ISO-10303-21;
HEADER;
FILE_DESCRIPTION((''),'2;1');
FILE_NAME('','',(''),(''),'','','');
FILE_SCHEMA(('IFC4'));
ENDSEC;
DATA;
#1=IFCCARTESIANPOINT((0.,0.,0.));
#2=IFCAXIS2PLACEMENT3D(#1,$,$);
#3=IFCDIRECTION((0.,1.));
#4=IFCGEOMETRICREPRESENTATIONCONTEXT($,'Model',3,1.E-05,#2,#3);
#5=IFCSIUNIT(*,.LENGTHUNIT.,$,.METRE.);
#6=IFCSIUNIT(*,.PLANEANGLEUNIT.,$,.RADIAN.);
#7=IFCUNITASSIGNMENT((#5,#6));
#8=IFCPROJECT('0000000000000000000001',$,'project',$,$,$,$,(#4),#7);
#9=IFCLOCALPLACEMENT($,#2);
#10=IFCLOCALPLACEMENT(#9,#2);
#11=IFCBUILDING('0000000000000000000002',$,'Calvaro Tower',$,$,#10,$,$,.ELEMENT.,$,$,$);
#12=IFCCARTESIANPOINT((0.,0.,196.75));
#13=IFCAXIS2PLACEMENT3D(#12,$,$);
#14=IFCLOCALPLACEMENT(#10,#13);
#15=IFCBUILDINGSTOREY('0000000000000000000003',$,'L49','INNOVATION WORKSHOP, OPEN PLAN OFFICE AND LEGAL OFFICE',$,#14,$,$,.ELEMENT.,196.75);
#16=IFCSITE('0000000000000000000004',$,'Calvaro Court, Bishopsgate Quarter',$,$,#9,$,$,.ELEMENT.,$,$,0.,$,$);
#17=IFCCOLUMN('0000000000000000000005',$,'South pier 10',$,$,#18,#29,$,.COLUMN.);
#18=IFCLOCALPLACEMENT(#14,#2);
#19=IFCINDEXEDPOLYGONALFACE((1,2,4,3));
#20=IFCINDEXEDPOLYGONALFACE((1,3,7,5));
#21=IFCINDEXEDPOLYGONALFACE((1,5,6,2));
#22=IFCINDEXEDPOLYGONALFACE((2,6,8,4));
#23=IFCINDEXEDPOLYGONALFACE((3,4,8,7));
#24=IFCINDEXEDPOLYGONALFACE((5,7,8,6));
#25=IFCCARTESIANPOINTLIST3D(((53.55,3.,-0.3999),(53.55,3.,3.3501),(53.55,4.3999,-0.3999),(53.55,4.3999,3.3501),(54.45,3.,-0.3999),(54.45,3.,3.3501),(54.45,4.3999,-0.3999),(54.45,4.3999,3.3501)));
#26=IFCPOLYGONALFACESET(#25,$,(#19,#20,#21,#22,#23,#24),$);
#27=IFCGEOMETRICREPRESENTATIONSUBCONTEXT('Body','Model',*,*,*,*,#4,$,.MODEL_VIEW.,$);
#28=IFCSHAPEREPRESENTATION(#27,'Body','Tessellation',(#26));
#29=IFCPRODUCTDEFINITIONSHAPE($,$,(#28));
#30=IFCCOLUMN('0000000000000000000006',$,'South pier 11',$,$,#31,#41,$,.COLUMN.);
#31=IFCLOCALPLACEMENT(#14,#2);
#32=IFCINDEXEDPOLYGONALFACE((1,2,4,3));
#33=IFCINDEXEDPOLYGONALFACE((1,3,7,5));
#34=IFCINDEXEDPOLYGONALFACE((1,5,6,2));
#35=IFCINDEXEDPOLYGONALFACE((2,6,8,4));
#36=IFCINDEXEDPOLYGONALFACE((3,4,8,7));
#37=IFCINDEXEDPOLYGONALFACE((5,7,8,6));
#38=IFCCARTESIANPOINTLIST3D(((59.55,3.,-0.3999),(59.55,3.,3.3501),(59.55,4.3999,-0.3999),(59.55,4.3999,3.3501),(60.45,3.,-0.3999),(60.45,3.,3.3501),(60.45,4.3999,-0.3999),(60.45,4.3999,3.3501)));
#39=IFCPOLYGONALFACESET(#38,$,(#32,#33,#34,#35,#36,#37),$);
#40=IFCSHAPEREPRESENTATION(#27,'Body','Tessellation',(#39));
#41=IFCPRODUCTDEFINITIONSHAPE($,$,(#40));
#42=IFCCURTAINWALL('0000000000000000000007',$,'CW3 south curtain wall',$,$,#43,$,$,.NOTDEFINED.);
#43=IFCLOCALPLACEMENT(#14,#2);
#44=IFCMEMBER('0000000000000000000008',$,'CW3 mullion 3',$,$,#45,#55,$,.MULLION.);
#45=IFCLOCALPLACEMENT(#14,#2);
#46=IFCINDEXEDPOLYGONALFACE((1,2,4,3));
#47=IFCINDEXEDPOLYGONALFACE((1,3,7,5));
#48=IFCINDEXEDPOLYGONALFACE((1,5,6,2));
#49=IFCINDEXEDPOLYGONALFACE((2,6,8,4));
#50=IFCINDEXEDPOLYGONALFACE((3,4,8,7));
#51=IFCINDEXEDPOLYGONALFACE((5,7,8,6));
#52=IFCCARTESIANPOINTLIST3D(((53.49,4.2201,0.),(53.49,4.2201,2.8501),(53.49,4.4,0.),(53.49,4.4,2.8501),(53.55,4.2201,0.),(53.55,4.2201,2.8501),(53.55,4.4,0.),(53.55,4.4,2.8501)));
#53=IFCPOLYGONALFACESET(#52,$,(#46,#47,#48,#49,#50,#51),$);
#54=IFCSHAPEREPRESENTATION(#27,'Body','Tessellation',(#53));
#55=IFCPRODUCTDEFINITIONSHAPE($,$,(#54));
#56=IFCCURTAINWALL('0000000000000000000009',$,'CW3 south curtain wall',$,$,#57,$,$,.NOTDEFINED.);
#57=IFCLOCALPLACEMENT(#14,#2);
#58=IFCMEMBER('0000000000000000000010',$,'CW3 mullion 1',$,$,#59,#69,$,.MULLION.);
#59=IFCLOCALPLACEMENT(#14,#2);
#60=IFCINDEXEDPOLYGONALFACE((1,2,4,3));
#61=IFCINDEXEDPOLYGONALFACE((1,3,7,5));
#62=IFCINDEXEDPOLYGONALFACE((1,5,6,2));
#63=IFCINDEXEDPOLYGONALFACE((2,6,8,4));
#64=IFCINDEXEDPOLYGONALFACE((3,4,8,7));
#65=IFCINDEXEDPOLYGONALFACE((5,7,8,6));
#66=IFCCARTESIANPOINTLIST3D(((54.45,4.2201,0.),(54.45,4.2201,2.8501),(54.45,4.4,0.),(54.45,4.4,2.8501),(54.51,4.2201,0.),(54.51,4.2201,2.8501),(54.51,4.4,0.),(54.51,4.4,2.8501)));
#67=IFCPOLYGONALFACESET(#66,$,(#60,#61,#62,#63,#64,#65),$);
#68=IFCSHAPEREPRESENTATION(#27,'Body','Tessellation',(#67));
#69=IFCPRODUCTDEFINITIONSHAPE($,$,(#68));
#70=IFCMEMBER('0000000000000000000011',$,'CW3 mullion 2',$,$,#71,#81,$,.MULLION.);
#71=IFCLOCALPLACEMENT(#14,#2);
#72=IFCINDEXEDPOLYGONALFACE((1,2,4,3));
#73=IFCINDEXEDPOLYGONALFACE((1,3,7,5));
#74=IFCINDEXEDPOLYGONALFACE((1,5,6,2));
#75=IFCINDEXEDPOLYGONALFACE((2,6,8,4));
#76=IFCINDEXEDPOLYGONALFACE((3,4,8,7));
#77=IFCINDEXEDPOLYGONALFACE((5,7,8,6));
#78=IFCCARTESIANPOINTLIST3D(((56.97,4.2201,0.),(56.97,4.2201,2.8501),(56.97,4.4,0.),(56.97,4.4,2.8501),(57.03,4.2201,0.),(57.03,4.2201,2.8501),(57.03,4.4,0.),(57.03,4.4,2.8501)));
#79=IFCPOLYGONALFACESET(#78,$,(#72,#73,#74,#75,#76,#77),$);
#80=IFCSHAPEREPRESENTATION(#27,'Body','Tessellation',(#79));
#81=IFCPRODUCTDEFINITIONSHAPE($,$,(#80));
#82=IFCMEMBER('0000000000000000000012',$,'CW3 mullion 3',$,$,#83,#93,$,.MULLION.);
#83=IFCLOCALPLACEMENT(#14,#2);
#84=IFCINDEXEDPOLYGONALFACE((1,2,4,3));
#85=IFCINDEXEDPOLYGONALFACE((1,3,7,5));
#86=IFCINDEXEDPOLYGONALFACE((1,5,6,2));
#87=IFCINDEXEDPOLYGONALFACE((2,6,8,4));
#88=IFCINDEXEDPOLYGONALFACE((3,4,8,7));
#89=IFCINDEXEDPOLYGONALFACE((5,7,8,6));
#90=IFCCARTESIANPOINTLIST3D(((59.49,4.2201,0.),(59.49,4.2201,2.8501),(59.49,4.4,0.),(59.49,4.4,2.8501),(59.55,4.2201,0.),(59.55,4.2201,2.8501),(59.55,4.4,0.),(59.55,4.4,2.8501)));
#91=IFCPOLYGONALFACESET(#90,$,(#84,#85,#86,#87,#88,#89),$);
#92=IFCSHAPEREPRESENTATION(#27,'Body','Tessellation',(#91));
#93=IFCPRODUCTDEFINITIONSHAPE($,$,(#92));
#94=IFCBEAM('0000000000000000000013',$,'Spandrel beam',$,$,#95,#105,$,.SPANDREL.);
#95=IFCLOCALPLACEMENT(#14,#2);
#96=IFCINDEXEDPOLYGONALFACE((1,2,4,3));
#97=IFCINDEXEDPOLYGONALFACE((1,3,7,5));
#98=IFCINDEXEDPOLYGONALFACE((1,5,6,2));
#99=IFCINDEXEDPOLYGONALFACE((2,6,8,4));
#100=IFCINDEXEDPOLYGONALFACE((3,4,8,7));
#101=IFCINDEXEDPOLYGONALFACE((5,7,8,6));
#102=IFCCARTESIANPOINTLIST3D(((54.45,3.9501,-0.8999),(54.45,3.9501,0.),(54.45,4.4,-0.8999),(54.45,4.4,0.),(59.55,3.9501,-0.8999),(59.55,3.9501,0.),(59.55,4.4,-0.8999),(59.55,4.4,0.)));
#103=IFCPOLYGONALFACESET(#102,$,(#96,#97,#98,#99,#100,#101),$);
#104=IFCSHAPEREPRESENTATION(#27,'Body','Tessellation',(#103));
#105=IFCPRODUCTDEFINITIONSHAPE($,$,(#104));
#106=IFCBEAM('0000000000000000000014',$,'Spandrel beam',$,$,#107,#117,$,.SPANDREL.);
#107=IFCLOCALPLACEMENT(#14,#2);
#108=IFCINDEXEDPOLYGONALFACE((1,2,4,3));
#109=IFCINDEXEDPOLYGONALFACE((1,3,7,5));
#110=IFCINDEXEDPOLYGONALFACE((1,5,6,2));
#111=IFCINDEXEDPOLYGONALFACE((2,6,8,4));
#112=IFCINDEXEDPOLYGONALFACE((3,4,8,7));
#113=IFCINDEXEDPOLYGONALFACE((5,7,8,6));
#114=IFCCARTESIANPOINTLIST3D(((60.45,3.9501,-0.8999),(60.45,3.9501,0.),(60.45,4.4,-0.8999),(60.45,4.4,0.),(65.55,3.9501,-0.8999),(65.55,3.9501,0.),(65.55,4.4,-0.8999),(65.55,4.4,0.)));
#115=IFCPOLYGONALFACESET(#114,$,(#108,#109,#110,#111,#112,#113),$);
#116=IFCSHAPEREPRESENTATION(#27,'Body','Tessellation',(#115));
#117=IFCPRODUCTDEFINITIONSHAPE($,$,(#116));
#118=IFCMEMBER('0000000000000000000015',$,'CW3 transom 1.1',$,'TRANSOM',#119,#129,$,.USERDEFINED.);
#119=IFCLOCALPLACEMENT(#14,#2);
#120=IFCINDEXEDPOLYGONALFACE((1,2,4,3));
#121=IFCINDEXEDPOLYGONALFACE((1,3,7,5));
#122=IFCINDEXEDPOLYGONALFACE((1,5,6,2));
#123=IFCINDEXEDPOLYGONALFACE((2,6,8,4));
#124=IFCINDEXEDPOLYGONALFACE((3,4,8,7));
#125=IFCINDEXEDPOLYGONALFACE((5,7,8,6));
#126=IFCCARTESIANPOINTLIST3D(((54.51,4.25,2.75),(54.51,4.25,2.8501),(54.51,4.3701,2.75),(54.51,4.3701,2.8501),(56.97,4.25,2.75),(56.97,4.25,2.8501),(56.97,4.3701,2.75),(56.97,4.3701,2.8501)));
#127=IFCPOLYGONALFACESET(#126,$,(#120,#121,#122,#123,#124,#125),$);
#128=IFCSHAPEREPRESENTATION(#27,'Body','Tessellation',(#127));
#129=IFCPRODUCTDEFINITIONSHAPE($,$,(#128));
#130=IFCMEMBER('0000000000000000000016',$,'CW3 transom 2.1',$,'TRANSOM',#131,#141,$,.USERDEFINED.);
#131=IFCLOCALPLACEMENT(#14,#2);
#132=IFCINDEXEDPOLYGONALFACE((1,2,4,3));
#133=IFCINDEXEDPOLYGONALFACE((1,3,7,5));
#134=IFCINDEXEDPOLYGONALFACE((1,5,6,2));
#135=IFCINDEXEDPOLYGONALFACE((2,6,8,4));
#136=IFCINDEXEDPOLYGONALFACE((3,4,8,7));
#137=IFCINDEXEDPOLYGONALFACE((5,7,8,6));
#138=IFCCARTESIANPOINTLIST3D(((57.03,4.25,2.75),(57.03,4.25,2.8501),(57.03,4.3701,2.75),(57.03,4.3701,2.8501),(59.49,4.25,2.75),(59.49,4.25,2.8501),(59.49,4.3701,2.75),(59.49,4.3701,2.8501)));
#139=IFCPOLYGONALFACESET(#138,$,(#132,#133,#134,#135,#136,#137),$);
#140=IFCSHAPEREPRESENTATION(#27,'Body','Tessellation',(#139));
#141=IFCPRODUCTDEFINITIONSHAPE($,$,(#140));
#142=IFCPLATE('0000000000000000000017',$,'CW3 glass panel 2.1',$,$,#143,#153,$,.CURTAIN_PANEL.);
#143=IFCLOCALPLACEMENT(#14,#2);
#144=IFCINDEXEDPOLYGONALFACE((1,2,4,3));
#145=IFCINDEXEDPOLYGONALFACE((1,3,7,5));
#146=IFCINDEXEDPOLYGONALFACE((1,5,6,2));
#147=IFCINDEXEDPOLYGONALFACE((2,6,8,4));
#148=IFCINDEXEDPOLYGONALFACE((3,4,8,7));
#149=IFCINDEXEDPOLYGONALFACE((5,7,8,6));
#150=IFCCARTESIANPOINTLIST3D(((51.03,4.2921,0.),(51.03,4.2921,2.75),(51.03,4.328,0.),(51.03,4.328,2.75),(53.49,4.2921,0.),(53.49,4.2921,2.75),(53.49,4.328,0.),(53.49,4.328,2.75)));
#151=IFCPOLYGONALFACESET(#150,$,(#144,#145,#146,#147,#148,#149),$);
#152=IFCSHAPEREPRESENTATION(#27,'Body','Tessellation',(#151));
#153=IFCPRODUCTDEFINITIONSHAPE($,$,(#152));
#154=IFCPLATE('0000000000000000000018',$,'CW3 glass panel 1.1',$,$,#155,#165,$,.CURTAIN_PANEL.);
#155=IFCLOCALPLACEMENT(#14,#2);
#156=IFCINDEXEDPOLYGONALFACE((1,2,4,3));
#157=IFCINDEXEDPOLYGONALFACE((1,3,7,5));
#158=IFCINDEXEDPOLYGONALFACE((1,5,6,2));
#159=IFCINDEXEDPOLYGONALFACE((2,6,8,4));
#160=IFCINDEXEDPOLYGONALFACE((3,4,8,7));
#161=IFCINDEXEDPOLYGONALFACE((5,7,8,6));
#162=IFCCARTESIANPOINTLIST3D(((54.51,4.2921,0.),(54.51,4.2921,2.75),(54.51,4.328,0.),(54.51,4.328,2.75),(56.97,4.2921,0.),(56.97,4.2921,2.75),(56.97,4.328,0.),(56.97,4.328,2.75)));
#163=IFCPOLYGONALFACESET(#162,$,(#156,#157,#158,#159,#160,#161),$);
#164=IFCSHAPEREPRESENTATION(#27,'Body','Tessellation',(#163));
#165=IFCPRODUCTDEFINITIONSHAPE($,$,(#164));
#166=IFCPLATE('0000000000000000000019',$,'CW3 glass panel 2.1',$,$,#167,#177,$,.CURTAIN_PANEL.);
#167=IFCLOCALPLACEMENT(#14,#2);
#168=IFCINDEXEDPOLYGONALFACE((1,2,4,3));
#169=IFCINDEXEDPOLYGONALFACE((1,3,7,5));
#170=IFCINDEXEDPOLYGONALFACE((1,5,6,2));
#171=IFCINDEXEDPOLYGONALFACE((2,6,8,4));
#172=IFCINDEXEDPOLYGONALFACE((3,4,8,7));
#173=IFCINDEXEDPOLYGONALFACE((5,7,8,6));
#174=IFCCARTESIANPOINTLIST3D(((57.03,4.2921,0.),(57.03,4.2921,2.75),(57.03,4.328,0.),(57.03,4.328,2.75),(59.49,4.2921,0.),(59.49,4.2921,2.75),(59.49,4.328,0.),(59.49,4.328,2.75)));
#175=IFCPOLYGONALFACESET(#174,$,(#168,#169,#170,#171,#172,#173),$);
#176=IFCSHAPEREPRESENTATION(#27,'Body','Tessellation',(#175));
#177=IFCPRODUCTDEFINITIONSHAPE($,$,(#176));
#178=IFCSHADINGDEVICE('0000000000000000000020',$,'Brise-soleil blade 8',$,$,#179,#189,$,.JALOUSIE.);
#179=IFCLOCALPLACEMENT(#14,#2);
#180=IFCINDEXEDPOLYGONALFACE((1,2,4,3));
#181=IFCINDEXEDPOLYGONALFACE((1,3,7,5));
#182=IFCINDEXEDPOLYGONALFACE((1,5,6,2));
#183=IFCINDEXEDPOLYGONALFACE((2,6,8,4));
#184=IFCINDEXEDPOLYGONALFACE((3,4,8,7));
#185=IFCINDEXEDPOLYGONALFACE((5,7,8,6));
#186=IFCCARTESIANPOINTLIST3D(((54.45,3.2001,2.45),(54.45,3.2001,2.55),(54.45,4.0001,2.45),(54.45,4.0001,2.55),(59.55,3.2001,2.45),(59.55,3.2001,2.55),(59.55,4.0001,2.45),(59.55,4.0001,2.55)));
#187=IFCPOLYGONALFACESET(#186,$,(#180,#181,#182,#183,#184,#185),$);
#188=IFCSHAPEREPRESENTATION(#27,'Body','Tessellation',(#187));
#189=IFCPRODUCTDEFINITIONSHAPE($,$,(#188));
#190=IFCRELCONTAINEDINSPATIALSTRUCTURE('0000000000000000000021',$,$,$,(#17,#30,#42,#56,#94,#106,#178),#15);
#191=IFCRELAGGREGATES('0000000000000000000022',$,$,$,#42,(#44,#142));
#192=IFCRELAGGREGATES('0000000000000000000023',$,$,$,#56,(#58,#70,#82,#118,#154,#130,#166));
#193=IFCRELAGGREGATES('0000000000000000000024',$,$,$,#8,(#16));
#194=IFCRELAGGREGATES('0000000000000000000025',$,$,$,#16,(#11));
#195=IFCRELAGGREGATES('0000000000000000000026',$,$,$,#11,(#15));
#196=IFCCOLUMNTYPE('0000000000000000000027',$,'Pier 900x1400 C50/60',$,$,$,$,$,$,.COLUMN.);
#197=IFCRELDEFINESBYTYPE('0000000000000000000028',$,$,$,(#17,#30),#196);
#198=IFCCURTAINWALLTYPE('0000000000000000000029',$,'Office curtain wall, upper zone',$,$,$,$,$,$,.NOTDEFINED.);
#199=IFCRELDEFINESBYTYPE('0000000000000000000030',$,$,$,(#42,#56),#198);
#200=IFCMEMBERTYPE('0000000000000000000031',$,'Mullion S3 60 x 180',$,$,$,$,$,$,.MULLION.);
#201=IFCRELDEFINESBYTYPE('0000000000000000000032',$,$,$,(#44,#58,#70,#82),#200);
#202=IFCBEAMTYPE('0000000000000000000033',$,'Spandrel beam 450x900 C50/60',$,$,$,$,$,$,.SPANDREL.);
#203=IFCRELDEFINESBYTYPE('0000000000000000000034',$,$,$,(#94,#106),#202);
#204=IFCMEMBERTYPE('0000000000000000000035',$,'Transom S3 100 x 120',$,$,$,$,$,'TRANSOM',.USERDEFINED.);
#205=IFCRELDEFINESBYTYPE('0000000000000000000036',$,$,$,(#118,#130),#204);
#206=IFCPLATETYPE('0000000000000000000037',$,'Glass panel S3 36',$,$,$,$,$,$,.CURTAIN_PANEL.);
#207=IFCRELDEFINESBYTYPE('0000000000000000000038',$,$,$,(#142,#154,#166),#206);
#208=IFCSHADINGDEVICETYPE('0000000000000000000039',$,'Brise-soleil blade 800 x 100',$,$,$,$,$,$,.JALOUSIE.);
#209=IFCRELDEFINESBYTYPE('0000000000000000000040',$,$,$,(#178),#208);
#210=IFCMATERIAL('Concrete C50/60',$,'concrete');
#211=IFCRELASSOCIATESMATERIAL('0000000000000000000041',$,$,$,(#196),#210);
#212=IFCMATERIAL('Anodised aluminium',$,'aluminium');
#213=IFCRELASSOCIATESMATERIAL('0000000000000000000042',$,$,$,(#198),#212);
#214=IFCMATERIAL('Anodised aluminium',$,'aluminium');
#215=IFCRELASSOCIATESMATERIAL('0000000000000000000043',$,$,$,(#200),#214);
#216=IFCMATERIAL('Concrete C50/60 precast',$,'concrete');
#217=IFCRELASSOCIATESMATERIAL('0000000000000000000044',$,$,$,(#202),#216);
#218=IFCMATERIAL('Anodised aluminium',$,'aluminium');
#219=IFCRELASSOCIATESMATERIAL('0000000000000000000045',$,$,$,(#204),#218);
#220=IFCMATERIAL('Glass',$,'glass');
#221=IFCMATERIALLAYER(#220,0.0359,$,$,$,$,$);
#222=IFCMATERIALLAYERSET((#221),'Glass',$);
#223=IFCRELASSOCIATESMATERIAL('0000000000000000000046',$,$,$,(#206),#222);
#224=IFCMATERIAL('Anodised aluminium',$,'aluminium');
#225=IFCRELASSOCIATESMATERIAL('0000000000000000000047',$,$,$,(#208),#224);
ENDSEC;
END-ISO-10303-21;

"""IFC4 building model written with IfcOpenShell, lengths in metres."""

from ifc_helpers import new_model, si_unit, direction, frame, origin, origin_2d, place, context, subcontext, project, spatial, rectangle, extrude, material, layer, layer_set, material_profile, profile_set, type_object, element, aggregate, save


model = new_model("IFC4")

# Units and contexts
model_context = context("Model", 3, precision=1e-05, world=origin(), true_north=direction((0.0, 1.0)))
body_context = subcontext(model_context, "Body", "Model", "MODEL_VIEW")
ifc_project = project(units=[si_unit("LENGTHUNIT", "METRE"), si_unit("PLANEANGLEUNIT", "RADIAN")], contexts=[model_context])

# Site, building, storey
site_placement = place(None, origin())
site = spatial("IfcSite", under=ifc_project, at=site_placement, Name="Calvaro Court, Bishopsgate Quarter", CompositionType="ELEMENT", RefElevation=0.0)
building_placement = place(site_placement, origin())
building = spatial("IfcBuilding", under=site, at=building_placement, Name="Calvaro Tower", CompositionType="ELEMENT")
storey_placement = place(building_placement, frame((0.0, 0.0, 196.75)))
storey = spatial("IfcBuildingStorey", under=building, at=storey_placement, Name="L49", Description="INNOVATION WORKSHOP, OPEN PLAN OFFICE AND LEGAL OFFICE", CompositionType="ELEMENT", Elevation=196.75)

# Columns
ifc_material_1 = material(Name="Concrete C50/60", Category="concrete")
ifc_material_profile_1 = material_profile(ifc_material_1, rectangle(XDim=0.8999, YDim=1.3999, at=origin_2d()), Name="RC 900x1400")
ifc_profile_set_1 = profile_set([ifc_material_profile_1], Name="Concrete C50/60")
column_type = type_object("IfcColumnType", Name="Pier 900x1400 C50/60", PredefinedType="COLUMN", material=ifc_profile_set_1)
for number, where, z_axis, x_axis, name in (
    (1, (54.0, 3.7, -0.3999), (0.0, 0.0, 1.0), (1.0, 0.0, 0.0), "South pier 10"),
    (2, (60.0, 3.7, -0.3999), (0.0, 0.0, 1.0), (1.0, 0.0, 0.0), "South pier 11"),
):
    element("IfcColumn", number, at=place(storey_placement, frame(where, z_axis=z_axis, x_axis=x_axis)), inside=storey, type_object=column_type, Name=name, PredefinedType="COLUMN", context=body_context, shape_type="SweptSolid", body=[
        extrude(rectangle(XDim=0.8999, YDim=1.3999, at=origin_2d()), origin(), (0.0, 0.0, 1.0), 3.75),
    ])

# Curtain wall, member
ifc_material_2 = material(Name="Anodised aluminium", Category="aluminium")
curtain_wall_type = type_object("IfcCurtainWallType", Name="Office curtain wall, upper zone", PredefinedType="NOTDEFINED", material=ifc_material_2)
curtain_wall_1_placement = place(storey_placement, origin())
curtain_wall_1 = element("IfcCurtainWall", 3, at=curtain_wall_1_placement, inside=storey, type_object=curtain_wall_type, Name="CW3 south curtain wall", PredefinedType="NOTDEFINED")
ifc_material_3 = material(Name="Anodised aluminium", Category="aluminium")
ifc_material_profile_2 = material_profile(ifc_material_3, rectangle(XDim=0.1799, YDim=0.0601, at=origin_2d()), Name="Mullion S3 60 x 180")
ifc_profile_set_2 = profile_set([ifc_material_profile_2], Name="Anodised aluminium")
member_type_1 = type_object("IfcMemberType", Name="Mullion S3 60 x 180", PredefinedType="MULLION", material=ifc_profile_set_2)
member_1_placement = place(storey_placement, frame((53.52, 4.3101, 0.0), z_axis=(0.0, 0.0, 1.0), x_axis=(0.0, 1.0, 0.0)))
member_1 = element("IfcMember", 4, at=member_1_placement, type_object=member_type_1, Name="CW3 mullion 3", PredefinedType="MULLION", context=body_context, shape_type="SweptSolid", body=[
    extrude(rectangle(XDim=0.1799, YDim=0.0601, at=origin_2d()), origin(), (0.0, 0.0, 1.0), 2.8501),
])

# Curtain wall, members
curtain_wall_2_placement = place(storey_placement, origin())
curtain_wall_2 = element("IfcCurtainWall", 5, at=curtain_wall_2_placement, inside=storey, type_object=curtain_wall_type, Name="CW3 south curtain wall", PredefinedType="NOTDEFINED")
member_2_placement = place(storey_placement, frame((54.48, 4.3101, 0.0), z_axis=(0.0, 0.0, 1.0), x_axis=(0.0, 1.0, 0.0)))
member_2 = element("IfcMember", 6, at=member_2_placement, type_object=member_type_1, Name="CW3 mullion 1", PredefinedType="MULLION", context=body_context, shape_type="SweptSolid", body=[
    extrude(rectangle(XDim=0.1799, YDim=0.0601, at=origin_2d()), origin(), (0.0, 0.0, 1.0), 2.8501),
])
member_3_placement = place(storey_placement, frame((57.0, 4.3101, 0.0), z_axis=(0.0, 0.0, 1.0), x_axis=(0.0, 1.0, 0.0)))
member_3 = element("IfcMember", 7, at=member_3_placement, type_object=member_type_1, Name="CW3 mullion 2", PredefinedType="MULLION", context=body_context, shape_type="SweptSolid", body=[
    extrude(rectangle(XDim=0.1799, YDim=0.0601, at=origin_2d()), origin(), (0.0, 0.0, 1.0), 2.8501),
])
member_4_placement = place(storey_placement, frame((59.52, 4.3101, 0.0), z_axis=(0.0, 0.0, 1.0), x_axis=(0.0, 1.0, 0.0)))
member_4 = element("IfcMember", 8, at=member_4_placement, type_object=member_type_1, Name="CW3 mullion 3", PredefinedType="MULLION", context=body_context, shape_type="SweptSolid", body=[
    extrude(rectangle(XDim=0.1799, YDim=0.0601, at=origin_2d()), origin(), (0.0, 0.0, 1.0), 2.8501),
])

# Beams
ifc_material_4 = material(Name="Concrete C50/60 precast", Category="concrete")
ifc_material_profile_3 = material_profile(ifc_material_4, rectangle(XDim=0.45, YDim=0.8999, at=origin_2d()), Name="RC 450x900")
ifc_profile_set_3 = profile_set([ifc_material_profile_3], Name="Concrete C50/60 precast")
beam_type = type_object("IfcBeamType", Name="Spandrel beam 450x900 C50/60", PredefinedType="SPANDREL", material=ifc_profile_set_3)
for number, where, z_axis, x_axis, name in (
    (9, (54.45, 4.175, -0.45), (1.0, 0.0, 0.0), (0.0, 1.0, 0.0), "Spandrel beam"),
    (10, (60.45, 4.175, -0.45), (1.0, 0.0, 0.0), (0.0, 1.0, 0.0), "Spandrel beam"),
):
    element("IfcBeam", number, at=place(storey_placement, frame(where, z_axis=z_axis, x_axis=x_axis)), inside=storey, type_object=beam_type, Name=name, PredefinedType="SPANDREL", context=body_context, shape_type="SweptSolid", body=[
        extrude(rectangle(XDim=0.45, YDim=0.8999, at=origin_2d()), origin(), (0.0, 0.0, 1.0), 5.1001),
    ])

# Members
ifc_material_5 = material(Name="Anodised aluminium", Category="aluminium")
ifc_material_profile_4 = material_profile(ifc_material_5, rectangle(XDim=0.1201, YDim=0.1001, at=origin_2d()), Name="Transom S3 100 x 120")
ifc_profile_set_4 = profile_set([ifc_material_profile_4], Name="Anodised aluminium")
member_type_2 = type_object("IfcMemberType", Name="Transom S3 100 x 120", ElementType="TRANSOM", PredefinedType="USERDEFINED", material=ifc_profile_set_4)
member_5_placement = place(storey_placement, frame((54.51, 4.3101, 2.8), z_axis=(1.0, 0.0, 0.0), x_axis=(0.0, 1.0, 0.0)))
member_5 = element("IfcMember", 11, at=member_5_placement, type_object=member_type_2, Name="CW3 transom 1.1", ObjectType="TRANSOM", PredefinedType="USERDEFINED", context=body_context, shape_type="SweptSolid", body=[
    extrude(rectangle(XDim=0.1201, YDim=0.1001, at=origin_2d()), origin(), (0.0, 0.0, 1.0), 2.46),
])
member_6_placement = place(storey_placement, frame((57.03, 4.3101, 2.8), z_axis=(1.0, 0.0, 0.0), x_axis=(0.0, 1.0, 0.0)))
member_6 = element("IfcMember", 12, at=member_6_placement, type_object=member_type_2, Name="CW3 transom 2.1", ObjectType="TRANSOM", PredefinedType="USERDEFINED", context=body_context, shape_type="SweptSolid", body=[
    extrude(rectangle(XDim=0.1201, YDim=0.1001, at=origin_2d()), origin(), (0.0, 0.0, 1.0), 2.46),
])

# Plates
ifc_material_6 = material(Name="Glass", Category="glass")
ifc_layer = layer(ifc_material_6, 0.0359)
ifc_layer_set = layer_set([ifc_layer], Name="Glass")
plate_type = type_object("IfcPlateType", Name="Glass panel S3 36", PredefinedType="CURTAIN_PANEL", material=ifc_layer_set)
plate_1_placement = place(storey_placement, frame((52.26, 4.3101, 0.0), z_axis=(0.0, 0.0, 1.0), x_axis=(1.0, 0.0, 0.0)))
plate_1 = element("IfcPlate", 13, at=plate_1_placement, type_object=plate_type, Name="CW3 glass panel 2.1", PredefinedType="CURTAIN_PANEL", context=body_context, shape_type="SweptSolid", body=[
    extrude(rectangle(XDim=2.46, YDim=0.0359, at=origin_2d()), origin(), (0.0, 0.0, 1.0), 2.75),
])
aggregate(curtain_wall_1, [member_1, plate_1])
plate_2_placement = place(storey_placement, frame((55.74, 4.3101, 0.0), z_axis=(0.0, 0.0, 1.0), x_axis=(1.0, 0.0, 0.0)))
plate_2 = element("IfcPlate", 14, at=plate_2_placement, type_object=plate_type, Name="CW3 glass panel 1.1", PredefinedType="CURTAIN_PANEL", context=body_context, shape_type="SweptSolid", body=[
    extrude(rectangle(XDim=2.46, YDim=0.0359, at=origin_2d()), origin(), (0.0, 0.0, 1.0), 2.75),
])
plate_3_placement = place(storey_placement, frame((58.26, 4.3101, 0.0), z_axis=(0.0, 0.0, 1.0), x_axis=(1.0, 0.0, 0.0)))
plate_3 = element("IfcPlate", 15, at=plate_3_placement, type_object=plate_type, Name="CW3 glass panel 2.1", PredefinedType="CURTAIN_PANEL", context=body_context, shape_type="SweptSolid", body=[
    extrude(rectangle(XDim=2.46, YDim=0.0359, at=origin_2d()), origin(), (0.0, 0.0, 1.0), 2.75),
])
aggregate(curtain_wall_2, [member_2, member_3, member_4, member_5, plate_2, member_6, plate_3])

# Shading device
ifc_material_7 = material(Name="Anodised aluminium", Category="aluminium")
ifc_material_profile_5 = material_profile(ifc_material_7, rectangle(XDim=0.8, YDim=0.1001, at=origin_2d()), Name="Brise-soleil blade 800 x 100")
ifc_profile_set_5 = profile_set([ifc_material_profile_5], Name="Anodised aluminium")
shading_device_type = type_object("IfcShadingDeviceType", Name="Brise-soleil blade 800 x 100", PredefinedType="JALOUSIE", material=ifc_profile_set_5)
for number, where, z_axis, x_axis, name in (
    (16, (54.45, 3.6001, 2.5), (1.0, 0.0, 0.0), (0.0, 1.0, 0.0), "Brise-soleil blade 8"),
):
    element("IfcShadingDevice", number, at=place(storey_placement, frame(where, z_axis=z_axis, x_axis=x_axis)), inside=storey, type_object=shading_device_type, Name=name, PredefinedType="JALOUSIE", context=body_context, shape_type="SweptSolid", body=[
        extrude(rectangle(XDim=0.8, YDim=0.1001, at=origin_2d()), origin(), (0.0, 0.0, 1.0), 5.1001),
    ])

save(model, "model.ifc")
